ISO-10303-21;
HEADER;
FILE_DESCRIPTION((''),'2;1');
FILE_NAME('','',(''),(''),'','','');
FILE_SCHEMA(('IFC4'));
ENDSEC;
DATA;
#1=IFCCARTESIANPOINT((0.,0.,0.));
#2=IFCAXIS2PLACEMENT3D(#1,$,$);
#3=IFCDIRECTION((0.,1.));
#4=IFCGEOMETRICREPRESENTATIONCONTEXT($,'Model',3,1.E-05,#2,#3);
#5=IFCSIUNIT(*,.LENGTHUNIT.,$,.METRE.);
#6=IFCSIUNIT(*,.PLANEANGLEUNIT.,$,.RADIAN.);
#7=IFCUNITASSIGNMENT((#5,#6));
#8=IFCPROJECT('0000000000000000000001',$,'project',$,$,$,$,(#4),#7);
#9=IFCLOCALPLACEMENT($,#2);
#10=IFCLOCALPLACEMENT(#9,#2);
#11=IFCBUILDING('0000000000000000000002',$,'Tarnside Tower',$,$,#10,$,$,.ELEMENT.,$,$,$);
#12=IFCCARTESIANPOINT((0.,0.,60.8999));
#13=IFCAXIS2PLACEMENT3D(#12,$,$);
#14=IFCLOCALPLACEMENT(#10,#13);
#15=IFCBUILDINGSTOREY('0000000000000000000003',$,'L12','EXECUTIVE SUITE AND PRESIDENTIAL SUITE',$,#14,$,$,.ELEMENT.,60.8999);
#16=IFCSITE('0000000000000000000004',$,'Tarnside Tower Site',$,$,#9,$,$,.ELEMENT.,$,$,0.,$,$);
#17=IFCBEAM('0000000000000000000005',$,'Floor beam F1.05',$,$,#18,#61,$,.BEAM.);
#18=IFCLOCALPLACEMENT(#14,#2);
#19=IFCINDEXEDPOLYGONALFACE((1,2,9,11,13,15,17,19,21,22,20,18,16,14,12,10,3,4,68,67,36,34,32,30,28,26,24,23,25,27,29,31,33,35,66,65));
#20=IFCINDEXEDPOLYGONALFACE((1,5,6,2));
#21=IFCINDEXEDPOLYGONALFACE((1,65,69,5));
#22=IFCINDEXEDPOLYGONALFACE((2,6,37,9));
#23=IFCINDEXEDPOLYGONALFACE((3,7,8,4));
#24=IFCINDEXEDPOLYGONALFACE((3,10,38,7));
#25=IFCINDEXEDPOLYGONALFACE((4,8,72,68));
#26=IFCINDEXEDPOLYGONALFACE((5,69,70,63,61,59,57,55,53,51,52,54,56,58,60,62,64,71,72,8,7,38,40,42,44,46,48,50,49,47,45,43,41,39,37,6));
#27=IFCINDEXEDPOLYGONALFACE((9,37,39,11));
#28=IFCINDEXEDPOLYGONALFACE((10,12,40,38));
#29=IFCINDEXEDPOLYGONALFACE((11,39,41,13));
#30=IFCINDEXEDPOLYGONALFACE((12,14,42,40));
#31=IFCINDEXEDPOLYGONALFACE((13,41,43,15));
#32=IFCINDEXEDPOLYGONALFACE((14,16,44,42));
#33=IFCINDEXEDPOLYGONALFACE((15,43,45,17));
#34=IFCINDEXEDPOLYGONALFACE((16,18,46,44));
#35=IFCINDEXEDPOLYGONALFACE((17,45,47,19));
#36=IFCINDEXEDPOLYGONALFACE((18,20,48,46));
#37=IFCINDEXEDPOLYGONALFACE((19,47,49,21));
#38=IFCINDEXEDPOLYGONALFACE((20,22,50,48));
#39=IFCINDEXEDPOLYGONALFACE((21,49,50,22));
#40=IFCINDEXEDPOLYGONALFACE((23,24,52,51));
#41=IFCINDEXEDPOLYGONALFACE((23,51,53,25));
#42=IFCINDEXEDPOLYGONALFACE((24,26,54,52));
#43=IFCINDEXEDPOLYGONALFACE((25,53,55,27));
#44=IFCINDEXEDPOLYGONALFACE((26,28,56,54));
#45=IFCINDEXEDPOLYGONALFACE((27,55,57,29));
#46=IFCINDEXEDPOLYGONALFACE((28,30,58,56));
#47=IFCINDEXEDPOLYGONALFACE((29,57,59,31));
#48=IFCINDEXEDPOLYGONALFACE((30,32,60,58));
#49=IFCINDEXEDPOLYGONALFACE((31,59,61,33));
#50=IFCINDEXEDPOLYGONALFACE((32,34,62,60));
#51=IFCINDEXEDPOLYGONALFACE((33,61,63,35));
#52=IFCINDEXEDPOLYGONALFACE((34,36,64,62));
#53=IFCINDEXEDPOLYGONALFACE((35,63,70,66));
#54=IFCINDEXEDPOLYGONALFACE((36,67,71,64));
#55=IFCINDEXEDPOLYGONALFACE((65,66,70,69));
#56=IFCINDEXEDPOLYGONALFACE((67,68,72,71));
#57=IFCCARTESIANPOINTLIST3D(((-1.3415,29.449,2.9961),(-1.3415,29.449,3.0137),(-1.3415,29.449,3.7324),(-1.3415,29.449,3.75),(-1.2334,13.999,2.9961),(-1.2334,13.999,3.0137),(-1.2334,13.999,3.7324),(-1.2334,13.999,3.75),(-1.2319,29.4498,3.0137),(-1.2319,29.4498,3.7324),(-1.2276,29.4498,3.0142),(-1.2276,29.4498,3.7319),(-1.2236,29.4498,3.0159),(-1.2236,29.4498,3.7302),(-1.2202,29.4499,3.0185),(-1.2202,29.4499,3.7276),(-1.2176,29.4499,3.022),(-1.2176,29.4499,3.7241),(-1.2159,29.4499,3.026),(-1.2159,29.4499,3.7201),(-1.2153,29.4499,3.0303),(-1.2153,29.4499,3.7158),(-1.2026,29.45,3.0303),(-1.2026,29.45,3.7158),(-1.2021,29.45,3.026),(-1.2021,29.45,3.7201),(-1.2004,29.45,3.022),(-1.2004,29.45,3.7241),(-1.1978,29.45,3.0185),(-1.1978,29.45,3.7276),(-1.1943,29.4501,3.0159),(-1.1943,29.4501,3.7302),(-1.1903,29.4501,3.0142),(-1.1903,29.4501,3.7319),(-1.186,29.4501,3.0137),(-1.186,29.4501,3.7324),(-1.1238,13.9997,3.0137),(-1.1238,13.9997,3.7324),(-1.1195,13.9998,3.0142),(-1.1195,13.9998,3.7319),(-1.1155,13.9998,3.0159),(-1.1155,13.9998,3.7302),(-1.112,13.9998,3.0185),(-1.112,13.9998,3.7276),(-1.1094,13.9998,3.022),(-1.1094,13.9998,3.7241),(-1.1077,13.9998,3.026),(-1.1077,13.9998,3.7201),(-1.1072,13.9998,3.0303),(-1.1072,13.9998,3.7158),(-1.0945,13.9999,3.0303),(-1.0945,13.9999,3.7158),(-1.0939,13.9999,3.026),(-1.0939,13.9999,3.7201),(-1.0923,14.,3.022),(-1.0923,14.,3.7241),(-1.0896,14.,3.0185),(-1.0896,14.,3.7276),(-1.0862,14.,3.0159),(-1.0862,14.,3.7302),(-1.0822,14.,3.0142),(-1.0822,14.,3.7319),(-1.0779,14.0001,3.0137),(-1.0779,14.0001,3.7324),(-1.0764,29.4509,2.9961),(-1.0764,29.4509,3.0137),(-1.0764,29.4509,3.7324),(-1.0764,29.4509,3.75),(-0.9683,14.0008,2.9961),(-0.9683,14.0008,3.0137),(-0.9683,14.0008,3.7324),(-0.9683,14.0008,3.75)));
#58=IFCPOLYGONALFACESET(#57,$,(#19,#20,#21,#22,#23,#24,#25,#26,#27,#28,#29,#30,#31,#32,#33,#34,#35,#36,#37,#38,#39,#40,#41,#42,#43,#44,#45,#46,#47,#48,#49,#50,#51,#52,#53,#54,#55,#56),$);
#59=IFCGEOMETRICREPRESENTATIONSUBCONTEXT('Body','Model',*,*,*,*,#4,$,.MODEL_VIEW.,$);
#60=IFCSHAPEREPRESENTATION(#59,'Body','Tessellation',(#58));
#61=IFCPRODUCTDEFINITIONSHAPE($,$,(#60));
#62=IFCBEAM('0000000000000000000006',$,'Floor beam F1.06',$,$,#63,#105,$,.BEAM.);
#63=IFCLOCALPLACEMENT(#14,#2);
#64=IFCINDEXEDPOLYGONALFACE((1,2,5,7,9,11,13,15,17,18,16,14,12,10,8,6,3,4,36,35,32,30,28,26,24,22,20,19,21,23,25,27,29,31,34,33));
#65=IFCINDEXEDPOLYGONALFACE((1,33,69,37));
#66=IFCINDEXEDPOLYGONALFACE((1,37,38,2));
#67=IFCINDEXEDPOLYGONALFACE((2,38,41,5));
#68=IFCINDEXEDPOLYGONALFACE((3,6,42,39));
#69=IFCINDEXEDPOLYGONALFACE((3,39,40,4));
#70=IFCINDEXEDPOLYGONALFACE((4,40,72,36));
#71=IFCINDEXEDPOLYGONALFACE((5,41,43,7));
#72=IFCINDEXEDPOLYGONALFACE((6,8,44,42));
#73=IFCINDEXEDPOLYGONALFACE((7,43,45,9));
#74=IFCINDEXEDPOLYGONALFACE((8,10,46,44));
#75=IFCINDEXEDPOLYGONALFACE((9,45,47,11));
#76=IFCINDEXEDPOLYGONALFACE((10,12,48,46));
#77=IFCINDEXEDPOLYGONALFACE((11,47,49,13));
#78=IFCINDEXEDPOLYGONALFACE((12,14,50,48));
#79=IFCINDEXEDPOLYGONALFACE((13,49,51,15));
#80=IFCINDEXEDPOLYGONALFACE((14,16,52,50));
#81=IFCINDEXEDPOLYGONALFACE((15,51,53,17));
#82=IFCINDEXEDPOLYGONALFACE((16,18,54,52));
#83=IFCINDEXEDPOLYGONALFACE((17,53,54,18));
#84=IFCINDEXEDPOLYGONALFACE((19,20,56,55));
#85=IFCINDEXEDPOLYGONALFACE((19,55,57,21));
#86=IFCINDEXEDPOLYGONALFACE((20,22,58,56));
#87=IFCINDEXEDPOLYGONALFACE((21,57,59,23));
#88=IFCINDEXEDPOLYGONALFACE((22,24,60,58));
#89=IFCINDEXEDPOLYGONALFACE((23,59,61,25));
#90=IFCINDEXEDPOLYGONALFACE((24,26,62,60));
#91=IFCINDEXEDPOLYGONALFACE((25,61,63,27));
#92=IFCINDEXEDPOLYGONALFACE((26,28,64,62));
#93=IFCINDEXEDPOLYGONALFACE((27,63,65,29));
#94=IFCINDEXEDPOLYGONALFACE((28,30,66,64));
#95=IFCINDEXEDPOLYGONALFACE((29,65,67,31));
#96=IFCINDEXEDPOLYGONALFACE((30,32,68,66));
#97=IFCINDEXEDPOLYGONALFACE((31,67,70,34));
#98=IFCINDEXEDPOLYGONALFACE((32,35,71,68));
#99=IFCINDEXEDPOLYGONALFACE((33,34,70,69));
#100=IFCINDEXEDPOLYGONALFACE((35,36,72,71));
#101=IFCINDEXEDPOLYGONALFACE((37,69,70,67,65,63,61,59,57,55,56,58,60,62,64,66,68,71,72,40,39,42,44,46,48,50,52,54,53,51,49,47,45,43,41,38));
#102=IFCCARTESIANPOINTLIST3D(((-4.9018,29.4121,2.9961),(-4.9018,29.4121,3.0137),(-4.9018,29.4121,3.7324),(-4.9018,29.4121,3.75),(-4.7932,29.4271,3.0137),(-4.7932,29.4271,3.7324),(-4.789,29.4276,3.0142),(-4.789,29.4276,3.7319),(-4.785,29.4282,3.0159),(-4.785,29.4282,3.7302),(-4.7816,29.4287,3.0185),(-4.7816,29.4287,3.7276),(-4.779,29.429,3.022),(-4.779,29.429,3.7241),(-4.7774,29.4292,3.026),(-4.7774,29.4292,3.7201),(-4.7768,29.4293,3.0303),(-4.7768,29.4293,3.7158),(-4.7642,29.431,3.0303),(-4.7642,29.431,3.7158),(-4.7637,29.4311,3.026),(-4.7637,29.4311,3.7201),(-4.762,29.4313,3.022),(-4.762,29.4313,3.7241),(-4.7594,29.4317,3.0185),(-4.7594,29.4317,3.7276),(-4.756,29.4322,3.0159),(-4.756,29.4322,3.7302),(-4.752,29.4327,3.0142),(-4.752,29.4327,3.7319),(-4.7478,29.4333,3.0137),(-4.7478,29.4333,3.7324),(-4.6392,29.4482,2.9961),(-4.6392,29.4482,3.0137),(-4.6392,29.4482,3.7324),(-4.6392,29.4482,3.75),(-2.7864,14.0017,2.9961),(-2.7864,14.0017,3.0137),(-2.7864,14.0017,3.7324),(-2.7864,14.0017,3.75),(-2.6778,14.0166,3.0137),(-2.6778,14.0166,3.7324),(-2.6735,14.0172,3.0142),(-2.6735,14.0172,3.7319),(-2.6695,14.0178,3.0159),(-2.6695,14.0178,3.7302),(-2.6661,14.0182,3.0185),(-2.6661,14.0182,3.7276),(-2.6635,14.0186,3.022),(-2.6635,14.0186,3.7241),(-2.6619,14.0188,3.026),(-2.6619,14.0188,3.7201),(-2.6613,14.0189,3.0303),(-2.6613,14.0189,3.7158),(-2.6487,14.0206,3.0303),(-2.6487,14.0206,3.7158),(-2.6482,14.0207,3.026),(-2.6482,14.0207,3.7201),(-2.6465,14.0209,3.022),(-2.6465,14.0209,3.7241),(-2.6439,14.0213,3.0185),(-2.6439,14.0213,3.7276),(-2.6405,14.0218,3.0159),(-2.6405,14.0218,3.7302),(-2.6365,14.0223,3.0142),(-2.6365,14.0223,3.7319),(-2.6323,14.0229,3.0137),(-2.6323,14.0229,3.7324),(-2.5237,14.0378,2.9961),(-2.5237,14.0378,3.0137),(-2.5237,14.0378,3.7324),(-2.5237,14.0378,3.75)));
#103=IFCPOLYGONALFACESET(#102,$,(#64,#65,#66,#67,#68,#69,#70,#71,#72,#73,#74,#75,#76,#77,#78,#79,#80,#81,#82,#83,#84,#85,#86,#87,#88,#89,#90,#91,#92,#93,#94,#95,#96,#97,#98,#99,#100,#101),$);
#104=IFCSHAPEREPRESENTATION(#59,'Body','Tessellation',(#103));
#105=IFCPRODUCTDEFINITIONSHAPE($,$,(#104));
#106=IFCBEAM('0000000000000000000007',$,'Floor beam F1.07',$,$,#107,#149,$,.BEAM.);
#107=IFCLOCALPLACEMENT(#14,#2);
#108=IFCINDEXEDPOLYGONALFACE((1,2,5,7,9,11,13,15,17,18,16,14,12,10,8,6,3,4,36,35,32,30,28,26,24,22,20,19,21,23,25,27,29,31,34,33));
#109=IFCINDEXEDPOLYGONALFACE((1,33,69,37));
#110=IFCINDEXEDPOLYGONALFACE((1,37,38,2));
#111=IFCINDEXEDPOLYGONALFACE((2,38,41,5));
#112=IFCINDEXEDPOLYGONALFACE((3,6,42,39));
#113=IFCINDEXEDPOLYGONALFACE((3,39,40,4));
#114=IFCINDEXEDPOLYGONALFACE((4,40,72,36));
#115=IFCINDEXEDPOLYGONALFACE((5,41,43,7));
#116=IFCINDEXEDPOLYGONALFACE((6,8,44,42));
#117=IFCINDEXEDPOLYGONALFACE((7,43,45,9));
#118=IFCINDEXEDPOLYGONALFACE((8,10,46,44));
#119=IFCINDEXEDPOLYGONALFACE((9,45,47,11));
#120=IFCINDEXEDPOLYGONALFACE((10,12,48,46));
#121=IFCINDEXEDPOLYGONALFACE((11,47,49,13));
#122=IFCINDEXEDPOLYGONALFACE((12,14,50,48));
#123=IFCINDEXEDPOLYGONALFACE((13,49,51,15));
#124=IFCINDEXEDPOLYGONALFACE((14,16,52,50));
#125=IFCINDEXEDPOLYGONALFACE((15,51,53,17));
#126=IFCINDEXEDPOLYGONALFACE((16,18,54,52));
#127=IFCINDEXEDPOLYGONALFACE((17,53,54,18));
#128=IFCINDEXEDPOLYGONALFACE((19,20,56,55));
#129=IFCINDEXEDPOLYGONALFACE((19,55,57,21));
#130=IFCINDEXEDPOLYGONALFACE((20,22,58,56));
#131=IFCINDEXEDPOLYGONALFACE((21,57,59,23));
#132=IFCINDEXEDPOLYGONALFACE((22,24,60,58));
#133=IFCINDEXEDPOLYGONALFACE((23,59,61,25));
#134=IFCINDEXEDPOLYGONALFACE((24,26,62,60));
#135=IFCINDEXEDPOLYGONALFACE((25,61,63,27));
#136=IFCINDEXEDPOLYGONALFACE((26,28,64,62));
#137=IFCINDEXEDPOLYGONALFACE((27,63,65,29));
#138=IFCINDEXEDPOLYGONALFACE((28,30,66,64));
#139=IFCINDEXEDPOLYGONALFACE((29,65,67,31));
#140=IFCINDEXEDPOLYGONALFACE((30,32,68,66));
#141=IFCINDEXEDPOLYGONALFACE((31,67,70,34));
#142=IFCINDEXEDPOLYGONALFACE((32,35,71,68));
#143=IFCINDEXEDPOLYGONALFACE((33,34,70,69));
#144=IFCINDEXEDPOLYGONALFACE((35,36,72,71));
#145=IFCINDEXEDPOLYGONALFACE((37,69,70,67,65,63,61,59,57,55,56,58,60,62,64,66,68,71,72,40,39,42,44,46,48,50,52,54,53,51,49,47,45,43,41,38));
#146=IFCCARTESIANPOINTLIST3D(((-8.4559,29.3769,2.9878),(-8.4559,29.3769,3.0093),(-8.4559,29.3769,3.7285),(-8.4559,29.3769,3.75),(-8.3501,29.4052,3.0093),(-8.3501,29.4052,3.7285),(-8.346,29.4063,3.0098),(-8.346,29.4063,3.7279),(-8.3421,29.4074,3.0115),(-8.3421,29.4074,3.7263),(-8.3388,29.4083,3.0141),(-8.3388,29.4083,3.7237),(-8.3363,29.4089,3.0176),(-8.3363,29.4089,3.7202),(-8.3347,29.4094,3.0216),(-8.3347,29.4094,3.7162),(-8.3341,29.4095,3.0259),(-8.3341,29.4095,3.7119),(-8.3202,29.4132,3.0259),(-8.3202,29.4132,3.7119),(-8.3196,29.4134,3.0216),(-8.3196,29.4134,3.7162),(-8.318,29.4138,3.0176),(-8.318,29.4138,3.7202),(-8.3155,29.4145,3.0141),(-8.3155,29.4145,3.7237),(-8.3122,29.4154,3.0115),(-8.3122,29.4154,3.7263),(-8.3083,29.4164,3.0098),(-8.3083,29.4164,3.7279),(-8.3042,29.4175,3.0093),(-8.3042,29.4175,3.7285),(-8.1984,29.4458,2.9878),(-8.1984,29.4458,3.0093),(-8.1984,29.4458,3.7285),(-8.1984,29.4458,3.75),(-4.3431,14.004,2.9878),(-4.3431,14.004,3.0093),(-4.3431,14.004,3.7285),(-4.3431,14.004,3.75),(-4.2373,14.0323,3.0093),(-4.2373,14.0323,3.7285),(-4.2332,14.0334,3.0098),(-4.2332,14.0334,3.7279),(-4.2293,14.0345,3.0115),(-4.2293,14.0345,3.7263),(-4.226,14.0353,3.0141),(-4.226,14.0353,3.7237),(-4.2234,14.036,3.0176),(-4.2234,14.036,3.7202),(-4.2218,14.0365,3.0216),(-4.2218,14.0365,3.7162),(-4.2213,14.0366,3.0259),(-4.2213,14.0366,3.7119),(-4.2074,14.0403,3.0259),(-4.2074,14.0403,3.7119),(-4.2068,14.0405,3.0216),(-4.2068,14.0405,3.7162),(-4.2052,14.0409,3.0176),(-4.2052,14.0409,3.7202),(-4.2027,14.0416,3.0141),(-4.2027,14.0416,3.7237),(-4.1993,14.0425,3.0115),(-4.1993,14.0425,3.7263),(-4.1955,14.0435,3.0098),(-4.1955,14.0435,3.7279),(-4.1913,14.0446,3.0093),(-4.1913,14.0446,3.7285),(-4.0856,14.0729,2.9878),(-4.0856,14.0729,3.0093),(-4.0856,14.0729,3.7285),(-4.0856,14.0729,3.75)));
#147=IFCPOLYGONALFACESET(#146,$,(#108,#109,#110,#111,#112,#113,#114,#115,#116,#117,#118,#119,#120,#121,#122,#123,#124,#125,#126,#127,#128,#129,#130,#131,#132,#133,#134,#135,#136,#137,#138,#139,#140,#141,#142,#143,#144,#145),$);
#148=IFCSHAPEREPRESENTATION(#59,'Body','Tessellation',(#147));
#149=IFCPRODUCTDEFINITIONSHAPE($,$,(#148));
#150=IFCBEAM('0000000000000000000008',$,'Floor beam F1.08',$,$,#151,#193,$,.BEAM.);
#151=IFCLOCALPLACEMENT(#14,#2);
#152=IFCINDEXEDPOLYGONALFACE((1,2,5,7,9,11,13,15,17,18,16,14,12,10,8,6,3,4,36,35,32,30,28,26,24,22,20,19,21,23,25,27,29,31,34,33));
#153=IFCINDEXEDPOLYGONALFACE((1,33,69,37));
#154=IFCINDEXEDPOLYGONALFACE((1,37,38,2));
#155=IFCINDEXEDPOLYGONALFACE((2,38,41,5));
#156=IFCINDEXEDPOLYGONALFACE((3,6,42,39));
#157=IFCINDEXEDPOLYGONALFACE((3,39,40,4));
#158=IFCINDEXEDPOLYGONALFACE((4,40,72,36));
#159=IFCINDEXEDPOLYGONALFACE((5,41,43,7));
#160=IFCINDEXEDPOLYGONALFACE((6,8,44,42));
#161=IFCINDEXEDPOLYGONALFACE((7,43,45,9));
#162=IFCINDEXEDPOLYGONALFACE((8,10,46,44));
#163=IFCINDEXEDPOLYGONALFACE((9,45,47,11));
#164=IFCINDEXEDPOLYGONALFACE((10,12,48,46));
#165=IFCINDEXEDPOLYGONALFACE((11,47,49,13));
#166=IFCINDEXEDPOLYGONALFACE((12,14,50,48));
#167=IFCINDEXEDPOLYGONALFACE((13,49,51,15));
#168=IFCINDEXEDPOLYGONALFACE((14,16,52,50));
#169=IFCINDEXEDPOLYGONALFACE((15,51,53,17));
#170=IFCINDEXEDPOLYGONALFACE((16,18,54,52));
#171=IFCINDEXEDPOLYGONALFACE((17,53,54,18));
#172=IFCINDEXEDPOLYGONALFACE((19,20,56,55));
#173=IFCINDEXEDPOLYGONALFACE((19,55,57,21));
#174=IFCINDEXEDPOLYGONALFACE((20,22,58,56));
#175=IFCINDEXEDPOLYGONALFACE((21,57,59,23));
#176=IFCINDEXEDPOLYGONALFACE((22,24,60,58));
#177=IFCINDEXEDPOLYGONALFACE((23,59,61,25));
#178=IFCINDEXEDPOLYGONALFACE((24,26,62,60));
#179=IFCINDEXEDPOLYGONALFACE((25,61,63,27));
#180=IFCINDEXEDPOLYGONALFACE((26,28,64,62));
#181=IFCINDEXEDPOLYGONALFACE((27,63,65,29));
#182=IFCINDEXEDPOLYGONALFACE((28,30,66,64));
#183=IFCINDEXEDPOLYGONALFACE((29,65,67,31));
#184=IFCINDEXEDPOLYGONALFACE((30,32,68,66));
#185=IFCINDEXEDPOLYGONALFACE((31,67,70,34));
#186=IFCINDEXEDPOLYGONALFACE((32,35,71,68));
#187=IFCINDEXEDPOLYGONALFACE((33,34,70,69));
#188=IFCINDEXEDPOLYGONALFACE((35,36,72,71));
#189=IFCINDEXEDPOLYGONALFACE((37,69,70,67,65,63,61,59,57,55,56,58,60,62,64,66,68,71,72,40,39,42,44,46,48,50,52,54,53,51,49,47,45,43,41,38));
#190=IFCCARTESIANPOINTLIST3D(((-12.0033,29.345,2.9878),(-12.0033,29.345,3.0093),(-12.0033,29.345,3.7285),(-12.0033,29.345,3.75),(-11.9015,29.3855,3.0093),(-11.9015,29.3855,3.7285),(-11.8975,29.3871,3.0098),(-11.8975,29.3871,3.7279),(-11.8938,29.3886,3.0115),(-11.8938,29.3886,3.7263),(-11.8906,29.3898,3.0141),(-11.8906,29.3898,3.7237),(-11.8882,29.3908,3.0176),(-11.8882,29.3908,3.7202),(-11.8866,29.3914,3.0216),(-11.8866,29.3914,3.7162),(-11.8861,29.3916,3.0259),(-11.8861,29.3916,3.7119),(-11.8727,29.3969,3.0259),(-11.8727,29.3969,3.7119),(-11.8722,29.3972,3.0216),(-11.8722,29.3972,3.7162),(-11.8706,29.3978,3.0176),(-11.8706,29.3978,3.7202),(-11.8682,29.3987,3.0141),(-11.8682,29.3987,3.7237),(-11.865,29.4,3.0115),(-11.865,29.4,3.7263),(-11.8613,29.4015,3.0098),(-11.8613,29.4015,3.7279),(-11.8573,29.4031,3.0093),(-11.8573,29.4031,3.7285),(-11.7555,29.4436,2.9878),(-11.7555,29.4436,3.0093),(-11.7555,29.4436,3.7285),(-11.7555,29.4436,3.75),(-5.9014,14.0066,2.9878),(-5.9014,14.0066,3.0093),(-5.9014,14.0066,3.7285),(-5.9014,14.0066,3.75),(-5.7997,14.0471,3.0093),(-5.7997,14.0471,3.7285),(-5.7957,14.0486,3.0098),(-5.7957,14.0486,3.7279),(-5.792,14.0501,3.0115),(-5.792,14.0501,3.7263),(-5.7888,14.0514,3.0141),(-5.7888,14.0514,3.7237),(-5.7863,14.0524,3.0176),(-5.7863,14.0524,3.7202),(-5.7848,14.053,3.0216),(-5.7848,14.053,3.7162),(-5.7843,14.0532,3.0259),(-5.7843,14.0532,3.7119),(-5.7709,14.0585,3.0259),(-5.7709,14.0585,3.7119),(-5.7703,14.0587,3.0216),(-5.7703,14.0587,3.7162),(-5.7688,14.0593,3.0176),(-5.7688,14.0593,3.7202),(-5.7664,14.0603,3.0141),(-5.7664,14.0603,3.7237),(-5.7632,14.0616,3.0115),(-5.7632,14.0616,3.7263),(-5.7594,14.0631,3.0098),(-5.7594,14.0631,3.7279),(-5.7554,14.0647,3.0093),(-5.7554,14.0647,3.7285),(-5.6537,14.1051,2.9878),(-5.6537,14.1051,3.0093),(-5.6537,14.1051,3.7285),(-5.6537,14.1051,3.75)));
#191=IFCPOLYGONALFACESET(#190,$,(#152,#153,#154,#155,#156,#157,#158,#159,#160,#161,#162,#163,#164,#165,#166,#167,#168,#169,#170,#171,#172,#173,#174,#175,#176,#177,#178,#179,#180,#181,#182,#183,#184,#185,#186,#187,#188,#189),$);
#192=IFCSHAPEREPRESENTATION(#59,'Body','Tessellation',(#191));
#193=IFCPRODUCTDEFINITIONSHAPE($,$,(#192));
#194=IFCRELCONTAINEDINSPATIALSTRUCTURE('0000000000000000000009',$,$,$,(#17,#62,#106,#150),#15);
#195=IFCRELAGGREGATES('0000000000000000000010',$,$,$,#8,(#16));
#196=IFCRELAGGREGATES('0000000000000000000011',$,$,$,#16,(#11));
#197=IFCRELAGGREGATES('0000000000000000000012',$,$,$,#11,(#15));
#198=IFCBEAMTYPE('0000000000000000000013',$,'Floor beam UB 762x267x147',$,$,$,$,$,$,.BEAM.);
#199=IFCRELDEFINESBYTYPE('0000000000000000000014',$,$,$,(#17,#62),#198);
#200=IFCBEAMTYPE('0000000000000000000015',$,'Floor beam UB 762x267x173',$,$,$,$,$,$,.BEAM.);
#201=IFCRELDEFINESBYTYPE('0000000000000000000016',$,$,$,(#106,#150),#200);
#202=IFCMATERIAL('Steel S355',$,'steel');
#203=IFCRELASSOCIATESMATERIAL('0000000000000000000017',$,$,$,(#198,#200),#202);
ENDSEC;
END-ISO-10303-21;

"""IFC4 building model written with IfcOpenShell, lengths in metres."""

from ifc_helpers import new_model, si_unit, direction, frame, origin, origin_2d, place, context, subcontext, project, spatial, i_section, extrude, material, material_profile, profile_set, type_object, element, save


model = new_model("IFC4")

# Units and contexts
model_context = context("Model", 3, precision=1e-05, world=origin(), true_north=direction((0.0, 1.0)))
body_context = subcontext(model_context, "Body", "Model", "MODEL_VIEW")
ifc_project = project(units=[si_unit("LENGTHUNIT", "METRE"), si_unit("PLANEANGLEUNIT", "RADIAN")], contexts=[model_context])

# Site, building, storey
site_placement = place(None, origin())
site = spatial("IfcSite", under=ifc_project, at=site_placement, Name="Tarnside Tower Site", CompositionType="ELEMENT", RefElevation=0.0)
building_placement = place(site_placement, origin())
building = spatial("IfcBuilding", under=site, at=building_placement, Name="Tarnside Tower", CompositionType="ELEMENT")
storey_placement = place(building_placement, frame((0.0, 0.0, 60.8999)))
storey = spatial("IfcBuildingStorey", under=building, at=storey_placement, Name="L12", Description="EXECUTIVE SUITE AND PRESIDENTIAL SUITE", CompositionType="ELEMENT", Elevation=60.8999)

# Beams
ifc_material_1 = material(Name="Steel S355", Category="steel")
ifc_material_profile_1 = material_profile(ifc_material_1, i_section(OverallWidth=0.2651, OverallDepth=0.7539, WebThickness=0.0127, FlangeThickness=0.0176, FilletRadius=0.0166, at=origin_2d()), Name="UB 762x267x147")
ifc_profile_set_1 = profile_set([ifc_material_profile_1], Name="Steel S355")
beam_type_1 = type_object("IfcBeamType", Name="Floor beam UB 762x267x147", PredefinedType="BEAM", material=ifc_profile_set_1)
beam_1_placement = place(storey_placement, frame((-1.209, 29.45, 3.373), z_axis=(0.007, -0.999975, 0.0), x_axis=(0.999975, 0.007, 0.0)))
element("IfcBeam", 1, at=beam_1_placement, inside=storey, type_object=beam_type_1, Name="Floor beam F1.05", PredefinedType="BEAM", context=body_context, shape_type="SweptSolid", body=[
    extrude(i_section(OverallWidth=0.2651, OverallDepth=0.7539, WebThickness=0.0127, FlangeThickness=0.0176, FilletRadius=0.0166, at=origin_2d()), origin(), (0.0, 0.0, 1.0), 15.4504),
])
beam_2_placement = place(storey_placement, frame((-4.7705, 29.4302, 3.373), z_axis=(0.136001, -0.990709, 0.0), x_axis=(0.990709, 0.136001, 0.0)))
element("IfcBeam", 2, at=beam_2_placement, inside=storey, type_object=beam_type_1, Name="Floor beam F1.06", PredefinedType="BEAM", context=body_context, shape_type="SweptSolid", body=[
    extrude(i_section(OverallWidth=0.2651, OverallDepth=0.7539, WebThickness=0.0127, FlangeThickness=0.0176, FilletRadius=0.0166, at=origin_2d()), origin(), (0.0, 0.0, 1.0), 15.5549),
])
ifc_material_profile_2 = material_profile(ifc_material_1, i_section(OverallWidth=0.2666, OverallDepth=0.7622, WebThickness=0.0144, FlangeThickness=0.0215, FilletRadius=0.0166, at=origin_2d()), Name="UB 762x267x173")
ifc_profile_set_2 = profile_set([ifc_material_profile_2], Name="Steel S355")
beam_type_2 = type_object("IfcBeamType", Name="Floor beam UB 762x267x173", PredefinedType="BEAM", material=ifc_profile_set_2)
beam_3_placement = place(storey_placement, frame((-8.3271, 29.4114, 3.3689), z_axis=(0.258447, -0.966025, 0.0), x_axis=(0.966025, 0.258447, 0.0)))
element("IfcBeam", 3, at=beam_3_placement, inside=storey, type_object=beam_type_2, Name="Floor beam F1.07", PredefinedType="BEAM", context=body_context, shape_type="SweptSolid", body=[
    extrude(i_section(OverallWidth=0.2666, OverallDepth=0.7622, WebThickness=0.0144, FlangeThickness=0.0215, FilletRadius=0.0166, at=origin_2d()), origin(), (0.0, 0.0, 1.0), 15.9136),
])
beam_4_placement = place(storey_placement, frame((-11.8794, 29.3943, 3.3689), z_axis=(0.369638, -0.929176, 0.0), x_axis=(0.929176, 0.369638, 0.0)))
element("IfcBeam", 4, at=beam_4_placement, inside=storey, type_object=beam_type_2, Name="Floor beam F1.08", PredefinedType="BEAM", context=body_context, shape_type="SweptSolid", body=[
    extrude(i_section(OverallWidth=0.2666, OverallDepth=0.7622, WebThickness=0.0144, FlangeThickness=0.0215, FilletRadius=0.0166, at=origin_2d()), origin(), (0.0, 0.0, 1.0), 16.5076),
])

save(model, "model.ifc")
